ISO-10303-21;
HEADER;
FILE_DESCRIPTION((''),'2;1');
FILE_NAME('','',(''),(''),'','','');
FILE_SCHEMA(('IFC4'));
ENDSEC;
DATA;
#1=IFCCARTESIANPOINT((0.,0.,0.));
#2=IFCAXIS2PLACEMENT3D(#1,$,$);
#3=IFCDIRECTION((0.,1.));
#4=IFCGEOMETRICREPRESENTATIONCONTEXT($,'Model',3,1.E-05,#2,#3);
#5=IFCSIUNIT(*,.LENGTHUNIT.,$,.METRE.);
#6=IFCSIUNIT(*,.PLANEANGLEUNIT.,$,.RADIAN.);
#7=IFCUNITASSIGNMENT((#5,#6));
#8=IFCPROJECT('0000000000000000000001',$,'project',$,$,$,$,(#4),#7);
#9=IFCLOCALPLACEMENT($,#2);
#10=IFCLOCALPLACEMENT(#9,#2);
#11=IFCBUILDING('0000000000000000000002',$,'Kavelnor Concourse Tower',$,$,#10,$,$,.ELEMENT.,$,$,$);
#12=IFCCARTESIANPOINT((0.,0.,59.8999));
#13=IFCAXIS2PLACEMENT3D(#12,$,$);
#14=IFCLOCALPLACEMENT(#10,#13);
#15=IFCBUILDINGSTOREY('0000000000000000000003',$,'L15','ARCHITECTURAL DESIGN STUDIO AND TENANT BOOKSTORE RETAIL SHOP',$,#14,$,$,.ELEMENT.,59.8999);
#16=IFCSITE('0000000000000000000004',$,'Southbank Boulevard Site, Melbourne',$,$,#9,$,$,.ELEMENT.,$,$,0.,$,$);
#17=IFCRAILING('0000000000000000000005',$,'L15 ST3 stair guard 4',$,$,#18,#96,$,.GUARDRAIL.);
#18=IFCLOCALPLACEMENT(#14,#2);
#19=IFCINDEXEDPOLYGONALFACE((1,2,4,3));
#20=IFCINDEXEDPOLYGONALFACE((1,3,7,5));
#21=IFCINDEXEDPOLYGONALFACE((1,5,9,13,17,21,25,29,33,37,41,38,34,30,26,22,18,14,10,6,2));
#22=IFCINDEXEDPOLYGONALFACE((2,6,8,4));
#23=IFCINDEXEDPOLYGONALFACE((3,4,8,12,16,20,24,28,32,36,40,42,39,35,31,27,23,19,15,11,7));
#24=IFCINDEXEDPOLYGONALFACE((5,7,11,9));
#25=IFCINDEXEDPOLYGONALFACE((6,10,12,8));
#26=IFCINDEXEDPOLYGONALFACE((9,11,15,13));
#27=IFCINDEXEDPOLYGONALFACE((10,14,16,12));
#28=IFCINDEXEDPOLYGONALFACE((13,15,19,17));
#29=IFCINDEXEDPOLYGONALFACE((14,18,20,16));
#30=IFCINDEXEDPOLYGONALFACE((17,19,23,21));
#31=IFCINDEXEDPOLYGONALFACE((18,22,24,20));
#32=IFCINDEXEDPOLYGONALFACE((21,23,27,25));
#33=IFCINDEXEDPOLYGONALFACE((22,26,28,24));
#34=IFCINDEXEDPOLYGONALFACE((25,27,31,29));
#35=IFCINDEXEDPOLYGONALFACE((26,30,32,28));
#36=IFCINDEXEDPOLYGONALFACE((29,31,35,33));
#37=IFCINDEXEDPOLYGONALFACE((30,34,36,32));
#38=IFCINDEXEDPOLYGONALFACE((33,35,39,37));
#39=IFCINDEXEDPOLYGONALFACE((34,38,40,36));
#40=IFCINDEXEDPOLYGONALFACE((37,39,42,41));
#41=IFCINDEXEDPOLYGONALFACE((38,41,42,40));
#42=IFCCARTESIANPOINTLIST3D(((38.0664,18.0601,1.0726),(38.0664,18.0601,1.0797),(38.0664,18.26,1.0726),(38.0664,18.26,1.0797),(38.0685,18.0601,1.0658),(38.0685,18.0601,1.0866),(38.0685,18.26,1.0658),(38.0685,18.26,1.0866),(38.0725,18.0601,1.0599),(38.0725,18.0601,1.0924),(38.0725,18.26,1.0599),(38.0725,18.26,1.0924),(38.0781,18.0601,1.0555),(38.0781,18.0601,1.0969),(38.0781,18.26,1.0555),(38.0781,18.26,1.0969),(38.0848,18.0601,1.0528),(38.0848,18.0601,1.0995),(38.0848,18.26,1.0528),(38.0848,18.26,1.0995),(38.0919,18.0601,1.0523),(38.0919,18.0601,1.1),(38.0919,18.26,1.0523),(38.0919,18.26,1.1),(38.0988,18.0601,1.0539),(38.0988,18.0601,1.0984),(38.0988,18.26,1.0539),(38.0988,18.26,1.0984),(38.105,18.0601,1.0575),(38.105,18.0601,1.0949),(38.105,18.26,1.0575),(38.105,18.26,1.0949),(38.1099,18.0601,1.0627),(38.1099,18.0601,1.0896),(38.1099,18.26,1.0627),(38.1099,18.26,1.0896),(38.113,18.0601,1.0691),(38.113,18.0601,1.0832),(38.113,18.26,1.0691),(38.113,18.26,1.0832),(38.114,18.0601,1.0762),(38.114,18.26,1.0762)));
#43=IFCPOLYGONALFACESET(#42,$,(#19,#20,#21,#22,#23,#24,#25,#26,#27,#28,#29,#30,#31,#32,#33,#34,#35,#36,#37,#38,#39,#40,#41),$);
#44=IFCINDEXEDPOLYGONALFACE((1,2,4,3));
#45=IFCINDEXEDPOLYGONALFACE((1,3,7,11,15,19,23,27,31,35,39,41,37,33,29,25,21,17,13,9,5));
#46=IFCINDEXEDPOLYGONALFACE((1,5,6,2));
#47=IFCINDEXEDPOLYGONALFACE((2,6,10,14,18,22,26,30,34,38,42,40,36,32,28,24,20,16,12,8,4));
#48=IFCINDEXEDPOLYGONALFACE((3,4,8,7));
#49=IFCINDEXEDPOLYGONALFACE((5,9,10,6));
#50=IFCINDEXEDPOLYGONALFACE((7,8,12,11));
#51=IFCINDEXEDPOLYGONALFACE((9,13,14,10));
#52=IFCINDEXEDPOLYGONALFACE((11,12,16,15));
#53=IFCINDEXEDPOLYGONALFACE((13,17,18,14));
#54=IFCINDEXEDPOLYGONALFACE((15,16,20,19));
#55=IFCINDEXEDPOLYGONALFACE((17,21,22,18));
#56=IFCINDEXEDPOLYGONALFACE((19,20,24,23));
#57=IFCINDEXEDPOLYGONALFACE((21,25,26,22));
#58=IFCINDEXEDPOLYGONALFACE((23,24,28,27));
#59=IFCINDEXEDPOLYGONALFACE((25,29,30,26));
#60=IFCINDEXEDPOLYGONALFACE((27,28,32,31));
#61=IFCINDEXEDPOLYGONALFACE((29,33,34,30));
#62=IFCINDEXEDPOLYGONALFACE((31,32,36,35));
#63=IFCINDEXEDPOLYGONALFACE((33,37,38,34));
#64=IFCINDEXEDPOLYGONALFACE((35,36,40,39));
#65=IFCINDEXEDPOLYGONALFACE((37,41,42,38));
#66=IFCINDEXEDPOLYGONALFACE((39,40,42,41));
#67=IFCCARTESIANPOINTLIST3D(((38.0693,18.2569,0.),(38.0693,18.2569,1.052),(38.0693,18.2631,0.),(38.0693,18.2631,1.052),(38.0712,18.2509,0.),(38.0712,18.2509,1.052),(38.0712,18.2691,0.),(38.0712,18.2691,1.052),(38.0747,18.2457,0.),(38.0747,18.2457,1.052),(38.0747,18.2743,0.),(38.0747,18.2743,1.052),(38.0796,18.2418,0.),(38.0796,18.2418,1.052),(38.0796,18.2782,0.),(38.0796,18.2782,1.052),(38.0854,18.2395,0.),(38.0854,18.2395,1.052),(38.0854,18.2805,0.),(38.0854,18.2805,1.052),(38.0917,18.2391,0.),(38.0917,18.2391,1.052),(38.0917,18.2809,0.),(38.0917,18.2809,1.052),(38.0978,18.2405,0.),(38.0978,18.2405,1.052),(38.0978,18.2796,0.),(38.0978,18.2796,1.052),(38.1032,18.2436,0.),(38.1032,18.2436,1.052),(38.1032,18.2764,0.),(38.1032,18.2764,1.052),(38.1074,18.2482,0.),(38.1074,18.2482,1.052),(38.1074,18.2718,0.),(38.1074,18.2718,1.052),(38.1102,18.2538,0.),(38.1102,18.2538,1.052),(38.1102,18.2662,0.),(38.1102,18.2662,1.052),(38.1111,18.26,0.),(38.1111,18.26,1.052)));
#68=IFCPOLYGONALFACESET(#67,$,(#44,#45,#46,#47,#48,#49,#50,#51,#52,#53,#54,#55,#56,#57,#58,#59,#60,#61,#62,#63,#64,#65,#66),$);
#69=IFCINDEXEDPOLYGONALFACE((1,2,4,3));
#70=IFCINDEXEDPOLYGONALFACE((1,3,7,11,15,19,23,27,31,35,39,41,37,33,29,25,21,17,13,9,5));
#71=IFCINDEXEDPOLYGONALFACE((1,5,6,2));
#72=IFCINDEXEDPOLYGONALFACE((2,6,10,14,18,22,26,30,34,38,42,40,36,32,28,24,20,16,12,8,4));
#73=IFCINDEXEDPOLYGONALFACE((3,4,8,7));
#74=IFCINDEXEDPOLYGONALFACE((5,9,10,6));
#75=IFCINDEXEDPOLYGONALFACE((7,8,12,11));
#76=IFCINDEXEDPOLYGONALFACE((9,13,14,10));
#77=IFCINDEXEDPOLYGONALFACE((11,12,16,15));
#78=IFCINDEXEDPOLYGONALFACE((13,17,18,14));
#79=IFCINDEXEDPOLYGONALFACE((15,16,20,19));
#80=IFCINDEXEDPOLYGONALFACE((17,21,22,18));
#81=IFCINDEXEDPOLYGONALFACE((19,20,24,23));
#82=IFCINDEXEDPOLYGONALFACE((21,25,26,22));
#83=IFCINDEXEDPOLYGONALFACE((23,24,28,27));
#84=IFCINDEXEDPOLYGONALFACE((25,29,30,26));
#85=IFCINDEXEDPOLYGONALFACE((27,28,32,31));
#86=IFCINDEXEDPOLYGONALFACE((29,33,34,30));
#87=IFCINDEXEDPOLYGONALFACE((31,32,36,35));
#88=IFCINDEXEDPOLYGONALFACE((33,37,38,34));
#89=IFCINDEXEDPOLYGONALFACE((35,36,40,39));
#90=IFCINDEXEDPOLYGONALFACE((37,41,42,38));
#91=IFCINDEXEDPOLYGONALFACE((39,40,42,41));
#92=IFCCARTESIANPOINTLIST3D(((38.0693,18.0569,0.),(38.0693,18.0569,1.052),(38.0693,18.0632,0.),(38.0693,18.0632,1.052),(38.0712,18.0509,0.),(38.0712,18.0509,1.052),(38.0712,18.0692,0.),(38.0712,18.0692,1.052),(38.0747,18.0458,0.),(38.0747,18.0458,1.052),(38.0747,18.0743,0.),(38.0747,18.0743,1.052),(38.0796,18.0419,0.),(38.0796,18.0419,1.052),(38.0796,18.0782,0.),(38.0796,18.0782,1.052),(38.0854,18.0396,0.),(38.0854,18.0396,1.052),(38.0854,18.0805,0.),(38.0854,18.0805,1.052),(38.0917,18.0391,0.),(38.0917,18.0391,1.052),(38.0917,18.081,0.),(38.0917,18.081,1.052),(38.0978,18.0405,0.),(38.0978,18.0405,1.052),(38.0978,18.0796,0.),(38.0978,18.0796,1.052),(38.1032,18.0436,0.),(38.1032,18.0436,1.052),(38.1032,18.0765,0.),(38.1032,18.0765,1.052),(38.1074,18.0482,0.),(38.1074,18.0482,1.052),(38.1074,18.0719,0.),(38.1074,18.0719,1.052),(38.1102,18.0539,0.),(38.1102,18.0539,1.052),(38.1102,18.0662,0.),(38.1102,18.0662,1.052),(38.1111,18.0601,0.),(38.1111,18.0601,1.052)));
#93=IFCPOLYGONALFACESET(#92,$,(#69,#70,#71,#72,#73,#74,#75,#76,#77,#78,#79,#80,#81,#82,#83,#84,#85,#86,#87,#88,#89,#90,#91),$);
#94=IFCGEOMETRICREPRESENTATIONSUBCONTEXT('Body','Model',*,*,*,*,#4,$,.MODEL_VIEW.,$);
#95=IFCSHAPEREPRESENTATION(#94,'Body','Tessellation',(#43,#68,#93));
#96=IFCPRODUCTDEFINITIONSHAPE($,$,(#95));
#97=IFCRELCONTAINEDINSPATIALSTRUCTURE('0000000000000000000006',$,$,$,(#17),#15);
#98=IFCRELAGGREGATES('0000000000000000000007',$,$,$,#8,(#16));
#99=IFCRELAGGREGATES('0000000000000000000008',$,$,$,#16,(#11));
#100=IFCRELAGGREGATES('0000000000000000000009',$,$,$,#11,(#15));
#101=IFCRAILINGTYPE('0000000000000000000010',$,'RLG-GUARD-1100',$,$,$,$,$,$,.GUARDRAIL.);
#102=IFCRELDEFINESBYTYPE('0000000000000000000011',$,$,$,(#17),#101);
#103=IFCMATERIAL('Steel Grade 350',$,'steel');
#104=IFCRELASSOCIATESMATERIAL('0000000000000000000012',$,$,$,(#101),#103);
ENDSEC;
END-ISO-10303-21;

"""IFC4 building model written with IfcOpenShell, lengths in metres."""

from ifc_helpers import new_model, si_unit, direction, frame, origin, origin_2d, place, context, subcontext, project, spatial, circle, extrude, material, type_object, element, save


model = new_model("IFC4")

# Units and contexts
model_context = context("Model", 3, precision=1e-05, world=origin(), true_north=direction((0.0, 1.0)))
body_context = subcontext(model_context, "Body", "Model", "MODEL_VIEW")
ifc_project = project(units=[si_unit("LENGTHUNIT", "METRE"), si_unit("PLANEANGLEUNIT", "RADIAN")], contexts=[model_context])

# Site, building, storey
site_placement = place(None, origin())
site = spatial("IfcSite", under=ifc_project, at=site_placement, Name="Southbank Boulevard Site, Melbourne", CompositionType="ELEMENT", RefElevation=0.0)
building_placement = place(site_placement, origin())
building = spatial("IfcBuilding", under=site, at=building_placement, Name="Kavelnor Concourse Tower", CompositionType="ELEMENT")
storey_placement = place(building_placement, frame((0.0, 0.0, 59.8999)))
storey = spatial("IfcBuildingStorey", under=building, at=storey_placement, Name="L15", Description="ARCHITECTURAL DESIGN STUDIO AND TENANT BOOKSTORE RETAIL SHOP", CompositionType="ELEMENT", Elevation=59.8999)

# Shared definitions
ifc_material_1 = material(Name="Steel Grade 350", Category="steel")

# Railing
railing_type_1 = type_object("IfcRailingType", Name="RLG-GUARD-1100", PredefinedType="GUARDRAIL", material=ifc_material_1)
railing_1_placement = place(storey_placement, frame((38.0901, 18.26, 0.0)))
element("IfcRailing", 1, at=railing_1_placement, inside=storey, type_object=railing_type_1, Name="L15 ST3 stair guard 4", PredefinedType="GUARDRAIL", context=body_context, shape_type="SweptSolid", body=[
    extrude(circle(Radius=0.0239, at=origin_2d()), frame((0.0, 0.0, 1.0762), z_axis=(0.0, -1.0, 0.0), x_axis=(1.0, 0.0, 0.0)), (0.0, 0.0, 1.0), 0.2),
    extrude(circle(Radius=0.021, at=origin_2d()), origin(), (0.0, 0.0, 1.0), 1.052),
    extrude(circle(Radius=0.021, at=origin_2d()), frame((0.0, -0.2, 0.0)), (0.0, 0.0, 1.0), 1.052),
])

save(model, "model.ifc")
